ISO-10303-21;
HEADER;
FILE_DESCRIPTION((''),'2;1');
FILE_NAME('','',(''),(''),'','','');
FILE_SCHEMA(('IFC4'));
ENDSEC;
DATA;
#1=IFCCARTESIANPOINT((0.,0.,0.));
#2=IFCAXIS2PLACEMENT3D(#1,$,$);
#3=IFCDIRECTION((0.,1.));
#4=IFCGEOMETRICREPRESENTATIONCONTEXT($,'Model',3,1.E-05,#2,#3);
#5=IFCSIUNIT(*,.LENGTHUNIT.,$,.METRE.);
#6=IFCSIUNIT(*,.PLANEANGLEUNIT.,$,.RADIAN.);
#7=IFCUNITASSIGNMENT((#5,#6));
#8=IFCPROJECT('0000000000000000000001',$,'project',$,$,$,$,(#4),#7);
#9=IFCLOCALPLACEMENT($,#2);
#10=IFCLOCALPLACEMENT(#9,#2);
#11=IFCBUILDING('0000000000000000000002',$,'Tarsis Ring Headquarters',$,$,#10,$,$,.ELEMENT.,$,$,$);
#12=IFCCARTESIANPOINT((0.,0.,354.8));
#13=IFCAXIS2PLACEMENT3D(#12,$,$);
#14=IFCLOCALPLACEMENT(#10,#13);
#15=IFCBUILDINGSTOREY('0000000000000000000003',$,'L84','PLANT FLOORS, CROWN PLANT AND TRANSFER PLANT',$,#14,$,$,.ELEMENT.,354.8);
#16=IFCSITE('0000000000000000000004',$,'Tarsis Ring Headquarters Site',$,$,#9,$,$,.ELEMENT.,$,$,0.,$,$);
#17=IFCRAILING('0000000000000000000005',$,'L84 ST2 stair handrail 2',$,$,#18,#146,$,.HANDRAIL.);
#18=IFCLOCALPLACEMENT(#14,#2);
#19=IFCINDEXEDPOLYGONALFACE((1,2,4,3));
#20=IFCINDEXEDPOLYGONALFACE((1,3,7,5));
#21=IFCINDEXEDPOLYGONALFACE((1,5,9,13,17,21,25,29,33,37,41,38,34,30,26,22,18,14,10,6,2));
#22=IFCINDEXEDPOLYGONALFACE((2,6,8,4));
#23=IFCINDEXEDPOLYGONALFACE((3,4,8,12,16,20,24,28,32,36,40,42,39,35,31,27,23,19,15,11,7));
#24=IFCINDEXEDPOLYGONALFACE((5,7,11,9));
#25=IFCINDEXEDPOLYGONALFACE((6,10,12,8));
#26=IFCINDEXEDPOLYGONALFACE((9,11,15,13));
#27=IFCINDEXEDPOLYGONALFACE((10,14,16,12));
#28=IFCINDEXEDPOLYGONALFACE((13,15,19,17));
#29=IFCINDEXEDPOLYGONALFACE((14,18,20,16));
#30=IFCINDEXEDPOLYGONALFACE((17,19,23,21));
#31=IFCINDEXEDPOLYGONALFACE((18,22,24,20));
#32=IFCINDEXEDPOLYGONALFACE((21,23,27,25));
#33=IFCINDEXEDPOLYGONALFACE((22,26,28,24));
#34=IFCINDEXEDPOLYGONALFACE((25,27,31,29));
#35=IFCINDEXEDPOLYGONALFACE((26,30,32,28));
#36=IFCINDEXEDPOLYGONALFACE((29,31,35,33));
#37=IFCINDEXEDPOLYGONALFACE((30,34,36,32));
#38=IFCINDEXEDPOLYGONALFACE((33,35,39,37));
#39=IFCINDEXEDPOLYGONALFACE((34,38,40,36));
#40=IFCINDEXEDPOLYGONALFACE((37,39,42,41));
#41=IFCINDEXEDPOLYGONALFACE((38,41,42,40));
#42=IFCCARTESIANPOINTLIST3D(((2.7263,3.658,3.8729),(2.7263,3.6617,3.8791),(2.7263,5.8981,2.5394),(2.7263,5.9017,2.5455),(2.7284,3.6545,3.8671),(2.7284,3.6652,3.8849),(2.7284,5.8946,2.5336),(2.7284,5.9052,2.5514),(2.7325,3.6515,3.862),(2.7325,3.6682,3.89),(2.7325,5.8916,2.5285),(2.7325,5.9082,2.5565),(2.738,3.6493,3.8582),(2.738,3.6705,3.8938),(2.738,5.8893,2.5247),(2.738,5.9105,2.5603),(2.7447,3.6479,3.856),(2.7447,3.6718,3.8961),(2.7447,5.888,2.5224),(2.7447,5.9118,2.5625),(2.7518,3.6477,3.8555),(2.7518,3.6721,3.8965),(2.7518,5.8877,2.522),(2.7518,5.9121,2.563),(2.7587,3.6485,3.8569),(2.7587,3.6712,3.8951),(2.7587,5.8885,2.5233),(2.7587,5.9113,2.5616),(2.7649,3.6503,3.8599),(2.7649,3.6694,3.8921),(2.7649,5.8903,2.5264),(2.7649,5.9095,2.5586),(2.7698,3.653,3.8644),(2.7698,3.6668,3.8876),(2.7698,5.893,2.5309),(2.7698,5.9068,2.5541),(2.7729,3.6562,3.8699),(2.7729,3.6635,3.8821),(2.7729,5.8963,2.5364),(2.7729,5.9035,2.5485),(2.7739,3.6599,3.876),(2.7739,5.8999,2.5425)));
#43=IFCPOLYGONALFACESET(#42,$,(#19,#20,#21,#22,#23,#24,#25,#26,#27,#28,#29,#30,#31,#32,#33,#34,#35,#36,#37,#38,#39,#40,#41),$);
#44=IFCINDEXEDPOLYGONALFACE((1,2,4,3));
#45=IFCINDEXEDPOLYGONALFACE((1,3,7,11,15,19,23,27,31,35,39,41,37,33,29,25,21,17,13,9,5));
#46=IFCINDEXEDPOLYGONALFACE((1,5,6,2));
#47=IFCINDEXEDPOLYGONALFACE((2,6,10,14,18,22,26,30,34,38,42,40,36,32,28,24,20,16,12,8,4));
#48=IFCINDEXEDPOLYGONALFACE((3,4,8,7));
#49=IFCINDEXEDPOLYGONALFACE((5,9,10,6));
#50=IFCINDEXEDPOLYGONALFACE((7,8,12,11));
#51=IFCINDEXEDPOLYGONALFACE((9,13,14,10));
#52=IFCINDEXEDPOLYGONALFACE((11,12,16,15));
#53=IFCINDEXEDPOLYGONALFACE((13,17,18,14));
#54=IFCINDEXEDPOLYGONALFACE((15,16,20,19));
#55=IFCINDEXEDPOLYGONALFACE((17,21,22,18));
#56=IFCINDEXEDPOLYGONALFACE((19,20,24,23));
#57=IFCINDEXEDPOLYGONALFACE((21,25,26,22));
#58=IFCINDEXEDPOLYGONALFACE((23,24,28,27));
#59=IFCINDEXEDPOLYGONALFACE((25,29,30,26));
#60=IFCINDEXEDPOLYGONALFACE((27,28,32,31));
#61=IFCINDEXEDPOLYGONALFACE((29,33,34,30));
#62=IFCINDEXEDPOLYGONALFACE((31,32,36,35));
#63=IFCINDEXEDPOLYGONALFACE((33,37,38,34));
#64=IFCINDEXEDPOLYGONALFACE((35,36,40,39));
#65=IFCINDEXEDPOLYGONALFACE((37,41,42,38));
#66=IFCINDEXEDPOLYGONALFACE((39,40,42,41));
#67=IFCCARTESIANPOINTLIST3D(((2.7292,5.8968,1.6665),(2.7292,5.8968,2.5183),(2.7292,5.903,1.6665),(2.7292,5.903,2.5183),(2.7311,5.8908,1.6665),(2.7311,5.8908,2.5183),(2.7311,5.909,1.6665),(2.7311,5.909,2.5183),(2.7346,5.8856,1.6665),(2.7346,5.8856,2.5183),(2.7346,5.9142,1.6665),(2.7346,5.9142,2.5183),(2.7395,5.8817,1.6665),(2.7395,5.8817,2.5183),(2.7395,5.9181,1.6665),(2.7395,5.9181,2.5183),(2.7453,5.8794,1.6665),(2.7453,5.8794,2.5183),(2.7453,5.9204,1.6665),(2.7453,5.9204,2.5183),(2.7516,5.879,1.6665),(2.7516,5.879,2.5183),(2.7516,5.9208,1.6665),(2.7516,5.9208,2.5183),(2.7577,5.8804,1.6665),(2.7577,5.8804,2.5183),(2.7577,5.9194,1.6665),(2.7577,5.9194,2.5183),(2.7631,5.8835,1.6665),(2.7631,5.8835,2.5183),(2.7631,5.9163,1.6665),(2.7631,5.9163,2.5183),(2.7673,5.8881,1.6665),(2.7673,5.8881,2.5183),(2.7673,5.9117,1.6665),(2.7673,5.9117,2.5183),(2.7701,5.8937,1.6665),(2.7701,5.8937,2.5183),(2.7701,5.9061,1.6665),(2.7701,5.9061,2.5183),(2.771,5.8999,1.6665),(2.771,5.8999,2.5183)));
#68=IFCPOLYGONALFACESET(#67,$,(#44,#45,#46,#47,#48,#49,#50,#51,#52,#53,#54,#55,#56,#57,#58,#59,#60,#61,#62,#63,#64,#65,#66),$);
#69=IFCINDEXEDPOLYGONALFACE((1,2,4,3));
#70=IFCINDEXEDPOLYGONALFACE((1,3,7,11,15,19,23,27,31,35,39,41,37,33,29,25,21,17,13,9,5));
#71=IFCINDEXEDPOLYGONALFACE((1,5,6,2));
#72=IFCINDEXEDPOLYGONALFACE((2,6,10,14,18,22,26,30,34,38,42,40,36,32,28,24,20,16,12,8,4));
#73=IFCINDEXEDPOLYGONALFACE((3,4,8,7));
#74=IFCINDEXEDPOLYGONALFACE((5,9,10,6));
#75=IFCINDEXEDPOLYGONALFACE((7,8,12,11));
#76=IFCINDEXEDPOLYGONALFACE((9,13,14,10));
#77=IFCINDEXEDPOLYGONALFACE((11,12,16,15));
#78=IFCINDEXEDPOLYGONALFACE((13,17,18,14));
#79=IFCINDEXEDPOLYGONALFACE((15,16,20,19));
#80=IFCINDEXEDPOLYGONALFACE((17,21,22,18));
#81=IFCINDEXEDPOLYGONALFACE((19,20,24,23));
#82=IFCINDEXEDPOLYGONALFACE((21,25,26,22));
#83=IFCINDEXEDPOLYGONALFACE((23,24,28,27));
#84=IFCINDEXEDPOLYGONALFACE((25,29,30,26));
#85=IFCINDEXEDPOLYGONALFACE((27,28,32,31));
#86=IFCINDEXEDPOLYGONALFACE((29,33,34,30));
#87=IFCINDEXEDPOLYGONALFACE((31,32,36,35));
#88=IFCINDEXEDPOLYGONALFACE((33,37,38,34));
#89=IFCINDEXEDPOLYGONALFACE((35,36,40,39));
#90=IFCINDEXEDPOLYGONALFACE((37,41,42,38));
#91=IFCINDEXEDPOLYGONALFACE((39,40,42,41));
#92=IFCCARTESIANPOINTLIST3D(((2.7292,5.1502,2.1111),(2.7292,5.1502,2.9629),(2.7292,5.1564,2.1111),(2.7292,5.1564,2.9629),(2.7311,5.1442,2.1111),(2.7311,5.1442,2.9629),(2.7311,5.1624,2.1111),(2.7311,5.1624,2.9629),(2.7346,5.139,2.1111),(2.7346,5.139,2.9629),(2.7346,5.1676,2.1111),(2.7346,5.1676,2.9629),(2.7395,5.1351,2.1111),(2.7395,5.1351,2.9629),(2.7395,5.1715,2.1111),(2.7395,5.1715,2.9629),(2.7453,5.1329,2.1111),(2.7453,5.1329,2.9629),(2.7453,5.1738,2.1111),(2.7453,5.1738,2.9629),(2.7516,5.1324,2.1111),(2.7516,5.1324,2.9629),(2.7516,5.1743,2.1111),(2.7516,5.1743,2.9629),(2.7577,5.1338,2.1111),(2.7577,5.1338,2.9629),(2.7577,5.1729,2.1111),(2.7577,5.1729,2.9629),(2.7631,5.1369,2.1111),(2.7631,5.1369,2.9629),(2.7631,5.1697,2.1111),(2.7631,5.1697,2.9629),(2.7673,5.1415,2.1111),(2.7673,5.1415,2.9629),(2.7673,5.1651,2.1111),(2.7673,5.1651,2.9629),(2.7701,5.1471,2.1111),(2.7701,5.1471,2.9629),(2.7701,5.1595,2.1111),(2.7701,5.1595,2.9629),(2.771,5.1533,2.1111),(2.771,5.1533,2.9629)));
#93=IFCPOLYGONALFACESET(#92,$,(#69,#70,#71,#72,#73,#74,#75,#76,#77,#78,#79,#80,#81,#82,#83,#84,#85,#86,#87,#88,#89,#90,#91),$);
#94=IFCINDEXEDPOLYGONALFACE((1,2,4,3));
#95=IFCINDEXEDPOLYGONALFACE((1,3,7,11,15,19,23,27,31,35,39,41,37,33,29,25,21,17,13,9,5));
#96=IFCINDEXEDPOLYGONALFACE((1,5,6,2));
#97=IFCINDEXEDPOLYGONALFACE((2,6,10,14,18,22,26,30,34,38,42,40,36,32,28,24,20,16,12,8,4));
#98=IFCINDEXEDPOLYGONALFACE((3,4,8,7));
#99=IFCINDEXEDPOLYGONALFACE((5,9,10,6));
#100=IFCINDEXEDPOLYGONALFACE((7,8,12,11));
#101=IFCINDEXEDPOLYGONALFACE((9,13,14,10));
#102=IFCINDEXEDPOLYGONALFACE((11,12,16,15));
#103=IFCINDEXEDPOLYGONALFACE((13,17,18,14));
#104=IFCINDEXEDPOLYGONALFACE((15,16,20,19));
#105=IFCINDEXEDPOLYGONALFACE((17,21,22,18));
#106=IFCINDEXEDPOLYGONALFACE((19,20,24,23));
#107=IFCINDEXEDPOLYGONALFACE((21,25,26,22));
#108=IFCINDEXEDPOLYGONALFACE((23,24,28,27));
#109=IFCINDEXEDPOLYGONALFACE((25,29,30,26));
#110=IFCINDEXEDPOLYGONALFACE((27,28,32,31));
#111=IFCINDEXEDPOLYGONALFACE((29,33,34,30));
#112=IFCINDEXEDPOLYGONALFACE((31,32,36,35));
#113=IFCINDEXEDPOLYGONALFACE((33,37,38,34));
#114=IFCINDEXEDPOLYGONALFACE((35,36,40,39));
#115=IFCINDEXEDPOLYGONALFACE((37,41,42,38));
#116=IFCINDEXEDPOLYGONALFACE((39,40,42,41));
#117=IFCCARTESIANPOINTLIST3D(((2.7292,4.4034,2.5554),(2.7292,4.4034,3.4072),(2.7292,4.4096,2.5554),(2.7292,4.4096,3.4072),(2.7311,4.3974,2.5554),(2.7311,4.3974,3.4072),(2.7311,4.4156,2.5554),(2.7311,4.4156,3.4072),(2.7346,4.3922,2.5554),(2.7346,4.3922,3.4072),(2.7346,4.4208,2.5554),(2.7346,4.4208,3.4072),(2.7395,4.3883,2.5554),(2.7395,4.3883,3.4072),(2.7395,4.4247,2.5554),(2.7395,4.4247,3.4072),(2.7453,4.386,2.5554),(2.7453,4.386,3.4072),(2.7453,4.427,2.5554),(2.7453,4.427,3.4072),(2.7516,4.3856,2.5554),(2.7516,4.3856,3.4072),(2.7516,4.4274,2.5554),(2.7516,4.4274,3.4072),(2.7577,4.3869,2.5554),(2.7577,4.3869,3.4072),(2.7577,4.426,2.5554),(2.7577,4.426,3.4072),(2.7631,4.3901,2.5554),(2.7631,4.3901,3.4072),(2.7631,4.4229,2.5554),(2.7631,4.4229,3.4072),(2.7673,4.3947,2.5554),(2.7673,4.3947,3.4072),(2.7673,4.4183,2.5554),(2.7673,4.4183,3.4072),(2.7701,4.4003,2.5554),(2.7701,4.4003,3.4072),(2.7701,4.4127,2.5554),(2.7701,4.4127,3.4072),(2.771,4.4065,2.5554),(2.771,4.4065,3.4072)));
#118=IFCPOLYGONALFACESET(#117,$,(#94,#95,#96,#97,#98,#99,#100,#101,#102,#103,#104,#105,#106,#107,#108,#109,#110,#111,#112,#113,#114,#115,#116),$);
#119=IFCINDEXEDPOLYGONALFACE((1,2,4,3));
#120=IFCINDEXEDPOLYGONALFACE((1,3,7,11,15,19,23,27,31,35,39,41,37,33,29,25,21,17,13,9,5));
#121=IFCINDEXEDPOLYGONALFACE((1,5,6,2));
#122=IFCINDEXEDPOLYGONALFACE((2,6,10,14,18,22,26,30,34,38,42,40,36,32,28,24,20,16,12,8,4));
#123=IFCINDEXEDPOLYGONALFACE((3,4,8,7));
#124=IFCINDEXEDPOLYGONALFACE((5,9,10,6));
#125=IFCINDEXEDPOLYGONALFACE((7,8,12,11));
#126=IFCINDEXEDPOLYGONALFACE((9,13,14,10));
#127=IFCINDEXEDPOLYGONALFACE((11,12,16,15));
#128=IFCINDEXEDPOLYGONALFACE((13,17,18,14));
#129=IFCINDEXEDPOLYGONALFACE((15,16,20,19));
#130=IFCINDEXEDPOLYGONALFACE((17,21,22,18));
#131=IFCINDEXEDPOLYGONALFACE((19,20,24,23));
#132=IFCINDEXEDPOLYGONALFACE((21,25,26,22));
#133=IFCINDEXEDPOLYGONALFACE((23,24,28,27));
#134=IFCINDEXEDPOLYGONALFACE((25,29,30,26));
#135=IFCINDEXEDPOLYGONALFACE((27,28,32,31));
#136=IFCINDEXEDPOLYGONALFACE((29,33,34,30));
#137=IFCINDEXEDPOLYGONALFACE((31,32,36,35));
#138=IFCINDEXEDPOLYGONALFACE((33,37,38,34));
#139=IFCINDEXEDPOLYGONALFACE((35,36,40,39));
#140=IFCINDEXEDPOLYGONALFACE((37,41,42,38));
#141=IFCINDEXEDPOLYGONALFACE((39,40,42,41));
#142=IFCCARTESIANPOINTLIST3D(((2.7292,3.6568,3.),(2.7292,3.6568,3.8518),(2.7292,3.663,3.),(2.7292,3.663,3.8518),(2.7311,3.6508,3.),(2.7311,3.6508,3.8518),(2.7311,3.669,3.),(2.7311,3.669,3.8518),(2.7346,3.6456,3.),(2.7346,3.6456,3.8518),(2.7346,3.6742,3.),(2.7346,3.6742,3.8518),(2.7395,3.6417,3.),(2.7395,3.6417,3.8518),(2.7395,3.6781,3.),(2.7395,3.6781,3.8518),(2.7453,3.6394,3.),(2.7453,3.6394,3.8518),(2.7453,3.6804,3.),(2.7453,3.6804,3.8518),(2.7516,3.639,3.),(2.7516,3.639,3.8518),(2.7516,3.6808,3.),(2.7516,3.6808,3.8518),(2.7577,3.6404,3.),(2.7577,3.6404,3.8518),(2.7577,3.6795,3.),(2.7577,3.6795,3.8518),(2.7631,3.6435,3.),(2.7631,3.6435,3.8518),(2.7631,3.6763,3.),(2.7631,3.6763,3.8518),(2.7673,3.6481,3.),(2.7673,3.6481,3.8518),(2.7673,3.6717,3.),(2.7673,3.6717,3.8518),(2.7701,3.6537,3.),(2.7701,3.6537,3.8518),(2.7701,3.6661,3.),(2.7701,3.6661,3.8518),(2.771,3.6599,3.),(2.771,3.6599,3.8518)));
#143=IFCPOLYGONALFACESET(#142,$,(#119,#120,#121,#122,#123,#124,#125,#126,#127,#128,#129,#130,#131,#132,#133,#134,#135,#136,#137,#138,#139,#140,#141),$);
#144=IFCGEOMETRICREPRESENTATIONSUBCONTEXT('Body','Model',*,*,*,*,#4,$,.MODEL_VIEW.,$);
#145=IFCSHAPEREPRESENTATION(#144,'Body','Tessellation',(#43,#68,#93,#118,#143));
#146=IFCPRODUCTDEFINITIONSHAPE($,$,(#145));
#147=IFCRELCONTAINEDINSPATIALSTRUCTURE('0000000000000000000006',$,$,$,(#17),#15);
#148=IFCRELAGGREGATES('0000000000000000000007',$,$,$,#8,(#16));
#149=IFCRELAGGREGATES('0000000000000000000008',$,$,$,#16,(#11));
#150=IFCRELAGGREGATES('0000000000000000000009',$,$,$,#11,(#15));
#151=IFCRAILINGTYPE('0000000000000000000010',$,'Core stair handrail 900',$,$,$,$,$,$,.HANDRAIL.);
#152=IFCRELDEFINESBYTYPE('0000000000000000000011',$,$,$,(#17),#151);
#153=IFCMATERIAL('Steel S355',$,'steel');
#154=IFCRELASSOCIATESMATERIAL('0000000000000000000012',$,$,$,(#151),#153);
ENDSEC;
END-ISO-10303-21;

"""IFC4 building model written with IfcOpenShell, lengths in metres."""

from ifc_helpers import new_model, si_unit, direction, frame, origin, origin_2d, place, context, subcontext, project, spatial, circle, extrude, material, type_object, element, save


model = new_model("IFC4")

# Units and contexts
model_context = context("Model", 3, precision=1e-05, world=origin(), true_north=direction((0.0, 1.0)))
body_context = subcontext(model_context, "Body", "Model", "MODEL_VIEW")
ifc_project = project(units=[si_unit("LENGTHUNIT", "METRE"), si_unit("PLANEANGLEUNIT", "RADIAN")], contexts=[model_context])

# Site, building, storey
site_placement = place(None, origin())
site = spatial("IfcSite", under=ifc_project, at=site_placement, Name="Tarsis Ring Headquarters Site", CompositionType="ELEMENT", RefElevation=0.0)
building_placement = place(site_placement, origin())
building = spatial("IfcBuilding", under=site, at=building_placement, Name="Tarsis Ring Headquarters", CompositionType="ELEMENT")
storey_placement = place(building_placement, frame((0.0, 0.0, 354.8)))
storey = spatial("IfcBuildingStorey", under=building, at=storey_placement, Name="L84", Description="PLANT FLOORS, CROWN PLANT AND TRANSFER PLANT", CompositionType="ELEMENT", Elevation=354.8)

# Railing
ifc_material_1 = material(Name="Steel S355", Category="steel")
railing_type_1 = type_object("IfcRailingType", Name="Core stair handrail 900", PredefinedType="HANDRAIL", material=ifc_material_1)
railing_1_placement = place(storey_placement, frame((2.75, 5.8999, 1.6665)))
element("IfcRailing", 1, at=railing_1_placement, inside=storey, type_object=railing_type_1, Name="L84 ST2 stair handrail 2", PredefinedType="HANDRAIL", context=body_context, shape_type="SweptSolid", body=[
    extrude(circle(Radius=0.0239, at=origin_2d()), frame((0.0, 0.0, 0.876), z_axis=(0.0, -0.859264, 0.511532), x_axis=(1.0, 0.0, 0.0)), (0.0, 0.0, 1.0), 2.6069),
    extrude(circle(Radius=0.021, at=origin_2d()), origin(), (0.0, 0.0, 1.0), 0.8518),
    extrude(circle(Radius=0.021, at=origin_2d()), frame((0.0, -0.7466, 0.4446)), (0.0, 0.0, 1.0), 0.8518),
    extrude(circle(Radius=0.021, at=origin_2d()), frame((0.0, -1.4934, 0.8889)), (0.0, 0.0, 1.0), 0.8518),
    extrude(circle(Radius=0.021, at=origin_2d()), frame((0.0, -2.24, 1.3335)), (0.0, 0.0, 1.0), 0.8518),
])

save(model, "model.ifc")
